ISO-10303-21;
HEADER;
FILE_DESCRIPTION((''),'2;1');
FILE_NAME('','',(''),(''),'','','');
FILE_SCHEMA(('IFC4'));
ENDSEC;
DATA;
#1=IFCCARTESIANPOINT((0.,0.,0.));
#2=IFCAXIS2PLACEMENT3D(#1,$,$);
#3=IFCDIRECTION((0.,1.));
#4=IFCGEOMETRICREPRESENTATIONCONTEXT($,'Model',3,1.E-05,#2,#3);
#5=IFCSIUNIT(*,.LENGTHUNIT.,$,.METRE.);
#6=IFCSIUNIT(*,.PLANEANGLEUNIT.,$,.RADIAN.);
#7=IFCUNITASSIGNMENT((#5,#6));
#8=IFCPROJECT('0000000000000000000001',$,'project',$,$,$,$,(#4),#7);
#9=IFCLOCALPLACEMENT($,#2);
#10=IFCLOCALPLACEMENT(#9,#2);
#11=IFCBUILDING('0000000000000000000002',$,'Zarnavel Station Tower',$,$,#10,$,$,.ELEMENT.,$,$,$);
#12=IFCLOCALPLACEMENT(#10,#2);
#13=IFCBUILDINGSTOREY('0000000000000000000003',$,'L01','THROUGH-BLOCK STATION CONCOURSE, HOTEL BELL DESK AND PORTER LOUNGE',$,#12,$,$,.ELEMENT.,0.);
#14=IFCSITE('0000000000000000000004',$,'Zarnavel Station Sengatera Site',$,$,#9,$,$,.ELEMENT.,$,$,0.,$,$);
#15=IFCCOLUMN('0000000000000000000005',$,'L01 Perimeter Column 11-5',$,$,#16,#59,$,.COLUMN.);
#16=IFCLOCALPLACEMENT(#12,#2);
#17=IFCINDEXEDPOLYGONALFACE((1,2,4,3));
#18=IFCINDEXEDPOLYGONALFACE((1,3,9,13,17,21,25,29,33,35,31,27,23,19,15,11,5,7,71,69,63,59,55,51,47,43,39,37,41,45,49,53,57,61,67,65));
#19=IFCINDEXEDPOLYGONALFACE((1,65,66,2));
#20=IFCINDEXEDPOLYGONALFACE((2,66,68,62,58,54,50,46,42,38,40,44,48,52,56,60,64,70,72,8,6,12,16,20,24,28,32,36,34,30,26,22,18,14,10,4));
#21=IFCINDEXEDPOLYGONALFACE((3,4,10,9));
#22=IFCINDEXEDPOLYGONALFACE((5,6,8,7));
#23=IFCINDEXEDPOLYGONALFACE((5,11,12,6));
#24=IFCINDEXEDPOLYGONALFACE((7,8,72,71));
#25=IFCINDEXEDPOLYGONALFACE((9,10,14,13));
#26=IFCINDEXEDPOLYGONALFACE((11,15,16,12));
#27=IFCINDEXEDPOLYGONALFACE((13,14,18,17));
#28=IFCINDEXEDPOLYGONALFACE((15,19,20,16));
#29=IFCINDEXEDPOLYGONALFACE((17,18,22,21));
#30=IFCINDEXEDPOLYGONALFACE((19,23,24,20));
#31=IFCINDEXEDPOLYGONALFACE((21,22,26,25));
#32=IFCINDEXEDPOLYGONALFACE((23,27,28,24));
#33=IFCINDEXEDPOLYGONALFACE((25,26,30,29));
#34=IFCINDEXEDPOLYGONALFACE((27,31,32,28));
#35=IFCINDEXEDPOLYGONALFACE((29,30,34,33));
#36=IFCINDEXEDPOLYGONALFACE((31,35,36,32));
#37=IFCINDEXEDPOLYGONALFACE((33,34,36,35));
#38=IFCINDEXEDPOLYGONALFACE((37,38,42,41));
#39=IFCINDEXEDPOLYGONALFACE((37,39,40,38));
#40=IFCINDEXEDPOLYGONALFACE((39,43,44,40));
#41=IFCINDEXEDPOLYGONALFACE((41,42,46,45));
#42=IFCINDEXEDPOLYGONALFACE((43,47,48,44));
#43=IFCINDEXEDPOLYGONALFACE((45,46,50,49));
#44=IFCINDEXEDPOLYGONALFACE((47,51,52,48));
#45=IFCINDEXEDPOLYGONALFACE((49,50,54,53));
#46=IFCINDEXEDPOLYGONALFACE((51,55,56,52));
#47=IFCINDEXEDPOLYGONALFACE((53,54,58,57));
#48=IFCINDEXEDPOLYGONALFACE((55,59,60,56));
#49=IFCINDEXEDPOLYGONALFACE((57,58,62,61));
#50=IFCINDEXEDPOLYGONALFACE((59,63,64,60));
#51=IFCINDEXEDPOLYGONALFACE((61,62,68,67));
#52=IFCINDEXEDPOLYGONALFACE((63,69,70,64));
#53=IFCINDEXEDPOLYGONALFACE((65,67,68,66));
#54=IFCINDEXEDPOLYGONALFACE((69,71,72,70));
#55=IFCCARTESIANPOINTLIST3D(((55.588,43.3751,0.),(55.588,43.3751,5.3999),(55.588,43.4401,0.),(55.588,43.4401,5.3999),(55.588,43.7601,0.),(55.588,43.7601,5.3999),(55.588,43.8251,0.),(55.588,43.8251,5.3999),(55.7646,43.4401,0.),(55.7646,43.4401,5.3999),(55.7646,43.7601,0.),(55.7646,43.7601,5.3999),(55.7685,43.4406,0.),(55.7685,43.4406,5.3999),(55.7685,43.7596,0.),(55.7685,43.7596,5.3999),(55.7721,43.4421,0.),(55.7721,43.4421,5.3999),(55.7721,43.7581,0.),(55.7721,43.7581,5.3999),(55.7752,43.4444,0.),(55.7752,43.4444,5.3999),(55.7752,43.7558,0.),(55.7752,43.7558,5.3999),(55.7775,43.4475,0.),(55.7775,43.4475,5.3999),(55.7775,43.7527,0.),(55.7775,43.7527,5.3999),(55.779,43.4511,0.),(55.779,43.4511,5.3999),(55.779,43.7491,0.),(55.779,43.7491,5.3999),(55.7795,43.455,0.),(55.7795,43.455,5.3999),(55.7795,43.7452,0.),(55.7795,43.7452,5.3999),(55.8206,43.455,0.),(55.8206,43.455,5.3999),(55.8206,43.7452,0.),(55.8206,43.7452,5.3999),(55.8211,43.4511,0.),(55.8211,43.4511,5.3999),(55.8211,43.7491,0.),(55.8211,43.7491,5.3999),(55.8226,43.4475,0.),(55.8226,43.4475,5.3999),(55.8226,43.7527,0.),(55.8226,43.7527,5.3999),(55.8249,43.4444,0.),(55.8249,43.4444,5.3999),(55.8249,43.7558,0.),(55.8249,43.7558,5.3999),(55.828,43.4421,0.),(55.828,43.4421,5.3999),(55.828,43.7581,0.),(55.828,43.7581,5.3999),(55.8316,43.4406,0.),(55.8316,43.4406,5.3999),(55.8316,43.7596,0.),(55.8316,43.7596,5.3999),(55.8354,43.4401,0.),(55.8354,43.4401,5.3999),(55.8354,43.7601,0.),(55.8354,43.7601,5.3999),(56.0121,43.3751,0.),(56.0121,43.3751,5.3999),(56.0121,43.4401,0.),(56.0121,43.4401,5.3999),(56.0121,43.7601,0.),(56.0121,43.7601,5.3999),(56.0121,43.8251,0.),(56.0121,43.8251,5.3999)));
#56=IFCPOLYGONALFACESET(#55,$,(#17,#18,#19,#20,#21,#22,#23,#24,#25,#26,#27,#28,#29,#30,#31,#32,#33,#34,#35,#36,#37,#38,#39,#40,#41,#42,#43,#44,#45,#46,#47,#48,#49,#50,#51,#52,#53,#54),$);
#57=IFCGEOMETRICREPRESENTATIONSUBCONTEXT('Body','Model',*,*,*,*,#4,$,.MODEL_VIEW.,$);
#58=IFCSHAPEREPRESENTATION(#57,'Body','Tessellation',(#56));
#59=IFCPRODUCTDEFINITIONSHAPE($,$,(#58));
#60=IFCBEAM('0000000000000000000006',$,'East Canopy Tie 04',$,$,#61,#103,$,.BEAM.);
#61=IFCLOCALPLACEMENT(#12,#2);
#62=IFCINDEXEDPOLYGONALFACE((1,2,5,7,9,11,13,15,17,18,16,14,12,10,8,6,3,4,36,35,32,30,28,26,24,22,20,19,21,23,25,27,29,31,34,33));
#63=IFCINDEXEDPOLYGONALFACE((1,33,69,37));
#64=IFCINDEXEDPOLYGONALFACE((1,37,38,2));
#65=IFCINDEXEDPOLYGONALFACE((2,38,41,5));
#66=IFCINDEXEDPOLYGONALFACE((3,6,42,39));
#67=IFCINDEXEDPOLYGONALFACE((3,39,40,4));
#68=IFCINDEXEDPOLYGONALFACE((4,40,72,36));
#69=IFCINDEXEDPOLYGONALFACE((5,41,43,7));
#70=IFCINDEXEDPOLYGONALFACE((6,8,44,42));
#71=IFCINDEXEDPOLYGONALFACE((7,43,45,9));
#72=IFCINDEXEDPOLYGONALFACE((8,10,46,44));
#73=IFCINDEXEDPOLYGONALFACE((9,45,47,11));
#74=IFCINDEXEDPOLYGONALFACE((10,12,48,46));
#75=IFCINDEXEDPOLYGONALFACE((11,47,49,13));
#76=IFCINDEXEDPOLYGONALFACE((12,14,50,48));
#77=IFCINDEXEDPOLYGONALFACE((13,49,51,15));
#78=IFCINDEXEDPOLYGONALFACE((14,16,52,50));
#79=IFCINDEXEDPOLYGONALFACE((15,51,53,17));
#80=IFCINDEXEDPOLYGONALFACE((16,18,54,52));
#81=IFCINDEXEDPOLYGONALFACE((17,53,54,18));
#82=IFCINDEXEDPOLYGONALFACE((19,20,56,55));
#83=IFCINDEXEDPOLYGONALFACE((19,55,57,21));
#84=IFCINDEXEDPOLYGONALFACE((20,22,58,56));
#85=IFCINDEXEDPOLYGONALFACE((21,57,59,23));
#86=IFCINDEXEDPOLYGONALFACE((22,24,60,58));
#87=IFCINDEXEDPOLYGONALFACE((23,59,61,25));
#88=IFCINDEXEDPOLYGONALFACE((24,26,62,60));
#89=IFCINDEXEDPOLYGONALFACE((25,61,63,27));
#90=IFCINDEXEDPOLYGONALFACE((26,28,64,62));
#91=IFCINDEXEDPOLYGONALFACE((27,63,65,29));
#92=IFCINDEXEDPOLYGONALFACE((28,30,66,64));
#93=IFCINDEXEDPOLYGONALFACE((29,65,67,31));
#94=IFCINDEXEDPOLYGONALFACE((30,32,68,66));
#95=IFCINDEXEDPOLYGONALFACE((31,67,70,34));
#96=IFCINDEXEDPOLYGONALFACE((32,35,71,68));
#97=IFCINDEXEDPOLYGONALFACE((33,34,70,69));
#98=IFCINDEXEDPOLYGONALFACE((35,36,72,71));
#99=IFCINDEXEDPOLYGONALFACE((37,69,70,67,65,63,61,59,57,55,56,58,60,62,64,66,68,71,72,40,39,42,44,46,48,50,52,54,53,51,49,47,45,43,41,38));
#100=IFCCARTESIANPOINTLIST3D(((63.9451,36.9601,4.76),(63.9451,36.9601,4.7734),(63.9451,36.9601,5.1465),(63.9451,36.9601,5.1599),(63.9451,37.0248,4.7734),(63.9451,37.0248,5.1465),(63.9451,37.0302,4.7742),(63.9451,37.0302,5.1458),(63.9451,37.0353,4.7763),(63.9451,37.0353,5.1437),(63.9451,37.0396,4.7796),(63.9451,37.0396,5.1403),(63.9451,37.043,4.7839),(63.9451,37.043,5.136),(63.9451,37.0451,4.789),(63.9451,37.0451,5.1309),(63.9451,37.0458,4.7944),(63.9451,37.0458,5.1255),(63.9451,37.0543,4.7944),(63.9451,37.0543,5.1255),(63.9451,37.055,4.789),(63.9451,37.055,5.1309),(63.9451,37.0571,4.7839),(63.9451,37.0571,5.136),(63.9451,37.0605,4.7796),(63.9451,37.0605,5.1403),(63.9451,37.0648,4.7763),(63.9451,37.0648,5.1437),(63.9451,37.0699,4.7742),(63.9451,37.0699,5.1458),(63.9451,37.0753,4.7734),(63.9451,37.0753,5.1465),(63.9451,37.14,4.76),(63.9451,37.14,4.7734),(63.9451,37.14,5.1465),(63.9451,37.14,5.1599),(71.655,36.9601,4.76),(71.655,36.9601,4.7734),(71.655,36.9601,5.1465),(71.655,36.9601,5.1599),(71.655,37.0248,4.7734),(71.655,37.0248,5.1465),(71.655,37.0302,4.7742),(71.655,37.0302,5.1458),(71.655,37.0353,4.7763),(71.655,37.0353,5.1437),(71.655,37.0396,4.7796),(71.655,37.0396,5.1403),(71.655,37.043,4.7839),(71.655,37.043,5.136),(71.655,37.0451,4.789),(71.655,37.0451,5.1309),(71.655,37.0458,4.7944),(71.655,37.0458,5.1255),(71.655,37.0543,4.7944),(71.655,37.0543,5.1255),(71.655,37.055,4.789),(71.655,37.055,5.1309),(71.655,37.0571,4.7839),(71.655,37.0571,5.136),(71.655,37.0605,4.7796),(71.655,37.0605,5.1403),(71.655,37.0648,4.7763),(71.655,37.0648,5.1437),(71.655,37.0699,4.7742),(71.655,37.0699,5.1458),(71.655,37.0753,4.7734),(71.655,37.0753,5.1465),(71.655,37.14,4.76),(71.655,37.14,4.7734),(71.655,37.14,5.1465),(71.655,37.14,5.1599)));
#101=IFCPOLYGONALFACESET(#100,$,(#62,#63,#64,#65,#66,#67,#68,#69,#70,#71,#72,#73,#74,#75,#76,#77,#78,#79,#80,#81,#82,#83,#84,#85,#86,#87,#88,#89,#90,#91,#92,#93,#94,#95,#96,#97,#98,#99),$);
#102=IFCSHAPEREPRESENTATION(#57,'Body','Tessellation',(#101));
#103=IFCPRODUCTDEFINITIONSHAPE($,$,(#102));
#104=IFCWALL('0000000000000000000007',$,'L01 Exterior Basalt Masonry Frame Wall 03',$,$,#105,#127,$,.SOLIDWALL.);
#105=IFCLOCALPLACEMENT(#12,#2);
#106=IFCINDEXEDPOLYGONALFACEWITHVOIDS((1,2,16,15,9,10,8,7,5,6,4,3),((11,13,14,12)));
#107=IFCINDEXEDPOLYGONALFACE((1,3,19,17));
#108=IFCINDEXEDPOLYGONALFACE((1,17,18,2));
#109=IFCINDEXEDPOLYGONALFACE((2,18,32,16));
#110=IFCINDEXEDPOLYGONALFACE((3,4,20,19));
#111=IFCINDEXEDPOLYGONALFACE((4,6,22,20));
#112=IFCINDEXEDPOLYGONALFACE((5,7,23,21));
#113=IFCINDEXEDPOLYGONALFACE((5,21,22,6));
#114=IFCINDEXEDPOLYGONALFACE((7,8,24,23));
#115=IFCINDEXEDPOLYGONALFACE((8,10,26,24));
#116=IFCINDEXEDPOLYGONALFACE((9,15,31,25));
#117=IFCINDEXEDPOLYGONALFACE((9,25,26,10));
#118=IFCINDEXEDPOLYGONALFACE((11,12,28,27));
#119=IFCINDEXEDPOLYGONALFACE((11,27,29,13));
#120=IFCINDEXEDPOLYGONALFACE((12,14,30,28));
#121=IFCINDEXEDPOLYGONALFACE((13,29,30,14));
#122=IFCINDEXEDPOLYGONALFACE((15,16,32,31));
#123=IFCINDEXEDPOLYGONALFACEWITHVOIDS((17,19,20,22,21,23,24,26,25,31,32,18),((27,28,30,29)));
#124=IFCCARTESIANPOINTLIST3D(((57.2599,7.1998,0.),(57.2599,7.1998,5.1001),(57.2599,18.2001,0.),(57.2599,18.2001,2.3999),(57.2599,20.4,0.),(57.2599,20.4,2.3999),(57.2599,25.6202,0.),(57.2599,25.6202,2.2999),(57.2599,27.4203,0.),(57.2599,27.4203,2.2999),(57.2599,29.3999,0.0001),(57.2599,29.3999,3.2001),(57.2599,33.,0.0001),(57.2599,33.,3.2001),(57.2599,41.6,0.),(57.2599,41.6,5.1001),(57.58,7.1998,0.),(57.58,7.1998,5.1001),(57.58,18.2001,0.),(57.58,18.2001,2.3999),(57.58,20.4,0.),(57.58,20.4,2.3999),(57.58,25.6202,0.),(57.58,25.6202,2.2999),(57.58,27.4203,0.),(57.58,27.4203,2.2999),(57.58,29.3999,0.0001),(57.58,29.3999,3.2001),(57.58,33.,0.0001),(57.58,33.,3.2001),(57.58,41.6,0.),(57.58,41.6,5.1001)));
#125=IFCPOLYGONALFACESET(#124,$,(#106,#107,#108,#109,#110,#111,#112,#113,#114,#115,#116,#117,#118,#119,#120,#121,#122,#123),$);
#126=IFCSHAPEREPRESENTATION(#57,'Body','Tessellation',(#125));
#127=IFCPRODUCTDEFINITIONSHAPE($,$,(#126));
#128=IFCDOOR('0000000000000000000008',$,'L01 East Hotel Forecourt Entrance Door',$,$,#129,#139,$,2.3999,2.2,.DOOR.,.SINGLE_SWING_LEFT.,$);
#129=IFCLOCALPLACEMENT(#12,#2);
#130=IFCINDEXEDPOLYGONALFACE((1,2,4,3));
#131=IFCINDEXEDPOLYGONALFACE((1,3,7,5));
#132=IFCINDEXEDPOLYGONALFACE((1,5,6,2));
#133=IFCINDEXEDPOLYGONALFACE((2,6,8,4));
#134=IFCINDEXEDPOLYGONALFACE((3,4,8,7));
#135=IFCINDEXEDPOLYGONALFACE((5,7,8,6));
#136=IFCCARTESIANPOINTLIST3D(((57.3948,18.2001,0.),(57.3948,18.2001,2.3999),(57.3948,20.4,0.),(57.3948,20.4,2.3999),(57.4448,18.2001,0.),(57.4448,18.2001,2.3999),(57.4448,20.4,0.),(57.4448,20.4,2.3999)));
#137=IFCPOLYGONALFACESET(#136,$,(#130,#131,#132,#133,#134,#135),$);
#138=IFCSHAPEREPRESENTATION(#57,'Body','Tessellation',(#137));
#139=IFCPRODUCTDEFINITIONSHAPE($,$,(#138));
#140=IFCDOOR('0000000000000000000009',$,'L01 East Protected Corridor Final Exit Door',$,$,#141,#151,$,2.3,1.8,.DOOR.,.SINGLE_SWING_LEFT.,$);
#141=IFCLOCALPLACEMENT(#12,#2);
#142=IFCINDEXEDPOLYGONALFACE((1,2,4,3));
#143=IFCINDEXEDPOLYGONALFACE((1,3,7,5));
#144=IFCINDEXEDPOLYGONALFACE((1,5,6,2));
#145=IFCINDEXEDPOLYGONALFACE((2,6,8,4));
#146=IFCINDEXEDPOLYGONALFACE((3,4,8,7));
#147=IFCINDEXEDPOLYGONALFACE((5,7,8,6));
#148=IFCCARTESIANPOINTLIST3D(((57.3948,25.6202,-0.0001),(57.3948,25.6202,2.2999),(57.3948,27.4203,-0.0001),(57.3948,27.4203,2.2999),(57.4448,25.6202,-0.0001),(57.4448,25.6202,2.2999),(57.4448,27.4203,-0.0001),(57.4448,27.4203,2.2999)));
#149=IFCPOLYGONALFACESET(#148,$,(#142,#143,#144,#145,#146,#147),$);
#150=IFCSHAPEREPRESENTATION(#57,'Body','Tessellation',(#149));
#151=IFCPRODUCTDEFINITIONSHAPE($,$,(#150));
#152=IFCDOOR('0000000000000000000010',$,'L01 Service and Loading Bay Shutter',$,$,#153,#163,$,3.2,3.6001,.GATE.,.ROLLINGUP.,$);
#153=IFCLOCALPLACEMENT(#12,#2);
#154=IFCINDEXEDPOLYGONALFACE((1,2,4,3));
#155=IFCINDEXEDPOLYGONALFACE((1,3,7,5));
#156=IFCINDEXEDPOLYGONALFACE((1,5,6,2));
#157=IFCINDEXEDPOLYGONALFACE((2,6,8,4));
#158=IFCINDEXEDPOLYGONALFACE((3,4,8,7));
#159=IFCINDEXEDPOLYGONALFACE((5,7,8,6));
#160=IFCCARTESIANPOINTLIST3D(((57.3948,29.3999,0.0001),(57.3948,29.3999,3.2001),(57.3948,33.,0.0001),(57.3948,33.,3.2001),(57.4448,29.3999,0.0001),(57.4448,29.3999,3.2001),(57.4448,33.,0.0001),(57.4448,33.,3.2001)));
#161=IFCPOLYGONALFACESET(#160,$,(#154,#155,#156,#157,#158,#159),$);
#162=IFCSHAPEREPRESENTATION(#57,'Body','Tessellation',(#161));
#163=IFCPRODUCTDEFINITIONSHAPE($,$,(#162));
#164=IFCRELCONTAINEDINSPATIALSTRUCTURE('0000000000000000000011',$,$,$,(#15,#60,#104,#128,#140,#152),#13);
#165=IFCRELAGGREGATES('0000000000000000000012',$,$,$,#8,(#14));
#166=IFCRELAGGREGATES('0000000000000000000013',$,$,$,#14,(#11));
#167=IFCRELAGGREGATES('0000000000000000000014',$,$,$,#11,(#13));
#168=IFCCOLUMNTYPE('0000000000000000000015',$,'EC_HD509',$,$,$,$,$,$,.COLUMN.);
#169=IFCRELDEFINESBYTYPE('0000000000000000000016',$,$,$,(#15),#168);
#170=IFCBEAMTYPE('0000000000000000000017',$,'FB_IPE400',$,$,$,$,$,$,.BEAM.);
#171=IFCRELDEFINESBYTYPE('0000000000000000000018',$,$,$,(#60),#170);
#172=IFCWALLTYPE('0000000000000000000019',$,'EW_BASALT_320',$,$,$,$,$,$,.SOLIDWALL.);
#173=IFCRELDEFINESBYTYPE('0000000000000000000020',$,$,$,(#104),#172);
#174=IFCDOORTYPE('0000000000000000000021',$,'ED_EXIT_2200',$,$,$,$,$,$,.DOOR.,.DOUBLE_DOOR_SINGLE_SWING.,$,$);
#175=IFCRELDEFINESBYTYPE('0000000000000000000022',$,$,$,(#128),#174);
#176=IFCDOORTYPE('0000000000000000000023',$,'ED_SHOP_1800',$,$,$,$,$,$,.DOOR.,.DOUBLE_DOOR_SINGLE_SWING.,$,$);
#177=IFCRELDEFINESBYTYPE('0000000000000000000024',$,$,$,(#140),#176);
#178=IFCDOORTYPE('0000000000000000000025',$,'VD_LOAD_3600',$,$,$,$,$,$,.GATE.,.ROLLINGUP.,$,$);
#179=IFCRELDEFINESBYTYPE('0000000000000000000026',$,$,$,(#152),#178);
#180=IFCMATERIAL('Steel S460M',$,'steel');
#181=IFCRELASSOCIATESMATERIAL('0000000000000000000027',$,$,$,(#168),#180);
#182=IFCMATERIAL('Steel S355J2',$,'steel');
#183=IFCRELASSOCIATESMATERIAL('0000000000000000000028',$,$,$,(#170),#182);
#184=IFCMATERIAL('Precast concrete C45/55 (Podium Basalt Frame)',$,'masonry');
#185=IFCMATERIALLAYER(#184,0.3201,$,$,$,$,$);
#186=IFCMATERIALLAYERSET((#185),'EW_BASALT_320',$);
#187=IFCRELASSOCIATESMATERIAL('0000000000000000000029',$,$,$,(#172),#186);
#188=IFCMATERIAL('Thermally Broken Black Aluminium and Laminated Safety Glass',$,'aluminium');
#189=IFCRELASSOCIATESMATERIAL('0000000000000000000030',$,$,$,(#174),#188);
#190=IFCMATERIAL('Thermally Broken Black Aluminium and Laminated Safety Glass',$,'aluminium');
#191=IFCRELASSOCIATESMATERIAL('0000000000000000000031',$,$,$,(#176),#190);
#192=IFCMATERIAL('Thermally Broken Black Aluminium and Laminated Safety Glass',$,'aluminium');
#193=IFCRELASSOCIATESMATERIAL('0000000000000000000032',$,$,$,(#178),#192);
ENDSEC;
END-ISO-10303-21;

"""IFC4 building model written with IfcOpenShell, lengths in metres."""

from ifc_helpers import new_model, si_unit, direction, frame, frame_2d, origin, origin_2d, place, context, subcontext, project, spatial, rectangle, i_section, extrude, material, layer, layer_set, material_profile, profile_set, type_object, element, fill, save


model = new_model("IFC4")

# Units and contexts
model_context = context("Model", 3, precision=1e-05, world=origin(), true_north=direction((0.0, 1.0)))
body_context = subcontext(model_context, "Body", "Model", "MODEL_VIEW")
ifc_project = project(units=[si_unit("LENGTHUNIT", "METRE"), si_unit("PLANEANGLEUNIT", "RADIAN")], contexts=[model_context])

# Site, building, storey
site_placement = place(None, origin())
site = spatial("IfcSite", under=ifc_project, at=site_placement, Name="Zarnavel Station Sengatera Site", CompositionType="ELEMENT", RefElevation=0.0)
building_placement = place(site_placement, origin())
building = spatial("IfcBuilding", under=site, at=building_placement, Name="Zarnavel Station Tower", CompositionType="ELEMENT")
storey_placement = place(building_placement, origin())
storey = spatial("IfcBuildingStorey", under=building, at=storey_placement, Name="L01", Description="THROUGH-BLOCK STATION CONCOURSE, HOTEL BELL DESK AND PORTER LOUNGE", CompositionType="ELEMENT", Elevation=0.0)

# Column
ifc_material_1 = material(Name="Steel S460M", Category="steel")
ifc_material_profile_1 = material_profile(ifc_material_1, i_section(OverallWidth=0.4241, OverallDepth=0.45, WebThickness=0.041, FlangeThickness=0.0649, FilletRadius=0.0149, at=origin_2d()), Name="HD400x509")
ifc_profile_set_1 = profile_set([ifc_material_profile_1], Name="Steel S460M")
column_type_1 = type_object("IfcColumnType", Name="EC_HD509", PredefinedType="COLUMN", material=ifc_profile_set_1)
for number, where, z_axis, x_axis, name in (
    (1, (55.8, 43.6001, 0.0), (0.0, 0.0, 1.0), (1.0, 0.0, 0.0), "L01 Perimeter Column 11-5"),
):
    element("IfcColumn", number, at=place(storey_placement, frame(where, z_axis=z_axis, x_axis=x_axis)), inside=storey, type_object=column_type_1, Name=name, PredefinedType="COLUMN", context=body_context, shape_type="SweptSolid", body=[
        extrude(i_section(OverallWidth=0.4241, OverallDepth=0.45, WebThickness=0.041, FlangeThickness=0.0649, FilletRadius=0.0149, at=origin_2d()), origin(), (0.0, 0.0, 1.0), 5.3999),
    ])

# Beam
ifc_material_2 = material(Name="Steel S355J2", Category="steel")
ifc_material_profile_2 = material_profile(ifc_material_2, i_section(OverallWidth=0.1799, OverallDepth=0.3999, WebThickness=0.0085, FlangeThickness=0.0134, FilletRadius=0.021, at=origin_2d()), Name="IPE400")
ifc_profile_set_2 = profile_set([ifc_material_profile_2], Name="Steel S355J2")
beam_type = type_object("IfcBeamType", Name="FB_IPE400", PredefinedType="BEAM", material=ifc_profile_set_2)
beam_placement = place(storey_placement, frame((63.9451, 37.05, 4.96), z_axis=(1.0, 0.0, 0.0), x_axis=(0.0, 1.0, 0.0)))
element("IfcBeam", 2, at=beam_placement, inside=storey, type_object=beam_type, Name="East Canopy Tie 04", PredefinedType="BEAM", context=body_context, shape_type="SweptSolid", body=[
    extrude(i_section(OverallWidth=0.1799, OverallDepth=0.3999, WebThickness=0.0085, FlangeThickness=0.0134, FilletRadius=0.021, at=origin_2d()), origin(), (0.0, 0.0, 1.0), 7.71),
])

# Wall, openings, doors
ifc_material_3 = material(Name="Precast concrete C45/55 (Podium Basalt Frame)", Category="masonry")
ifc_layer_1 = layer(ifc_material_3, 0.3201)
ifc_layer_set_1 = layer_set([ifc_layer_1], Name="EW_BASALT_320")
wall_type_1 = type_object("IfcWallType", Name="EW_BASALT_320", PredefinedType="SOLIDWALL", material=ifc_layer_set_1)
wall_1_placement = place(storey_placement, frame((57.4199, 41.6001, 0.0), z_axis=(0.0, 0.0, 1.0), x_axis=(0.0, -1.0, 0.0)))
wall_1 = element("IfcWall", 3, at=wall_1_placement, inside=storey, type_object=wall_type_1, Name="L01 Exterior Basalt Masonry Frame Wall 03", PredefinedType="SOLIDWALL", context=body_context, shape_type="SweptSolid", body=[
    extrude(rectangle(XDim=34.4001, YDim=0.3201, at=frame_2d((17.2002, 0.0))), origin(), (0.0, 0.0, 1.0), 5.1001),
])
opening_1_placement = place(wall_1_placement, frame((14.1799, 0.0, 0.0)))
opening_1 = element("IfcOpeningElement", 4, at=opening_1_placement, cuts=wall_1, PredefinedType="OPENING", context=body_context, shape_type="SweptSolid", body=[
    extrude(rectangle(XDim=1.8, YDim=2.3, at=frame_2d((0.8999, 1.1499))), frame((0.0, 0.1699, 0.0), z_axis=(0.0, -1.0, 0.0), x_axis=(1.0, 0.0, 0.0)), (0.0, 0.0, 1.0), 0.3401),
])
opening_2_placement = place(wall_1_placement, frame((21.2, 0.0, 0.0)))
opening_2 = element("IfcOpeningElement", 5, at=opening_2_placement, cuts=wall_1, PredefinedType="OPENING", context=body_context, shape_type="SweptSolid", body=[
    extrude(rectangle(XDim=2.2, YDim=2.3999, at=frame_2d((1.1001, 1.2))), frame((0.0, 0.1699, 0.0), z_axis=(0.0, -1.0, 0.0), x_axis=(1.0, 0.0, 0.0)), (0.0, 0.0, 1.0), 0.3401),
])
opening_3_placement = place(wall_1_placement, frame((8.6001, 0.0, 0.0)))
opening_3 = element("IfcOpeningElement", 6, at=opening_3_placement, cuts=wall_1, PredefinedType="OPENING", context=body_context, shape_type="SweptSolid", body=[
    extrude(rectangle(XDim=3.6001, YDim=3.2, at=frame_2d((1.8, 1.6001))), frame((0.0, 0.1699, 0.0), z_axis=(0.0, -1.0, 0.0), x_axis=(1.0, 0.0, 0.0)), (0.0, 0.0, 1.0), 0.3401),
])
ifc_material_4 = material(Name="Thermally Broken Black Aluminium and Laminated Safety Glass", Category="aluminium")
door_type_1 = type_object("IfcDoorType", Name="ED_EXIT_2200", OperationType="DOUBLE_DOOR_SINGLE_SWING", PredefinedType="DOOR", material=ifc_material_4)
door_1_placement = place(opening_2_placement, origin())
door_1 = element("IfcDoor", 7, at=door_1_placement, inside=storey, type_object=door_type_1, Name="L01 East Hotel Forecourt Entrance Door", OperationType="SINGLE_SWING_LEFT", OverallHeight=2.3999, OverallWidth=2.2, PredefinedType="DOOR", context=body_context, shape_type="SweptSolid", body=[
    extrude(rectangle(XDim=2.2, YDim=2.3999, at=frame_2d((1.1001, 1.2))), frame((0.0, 0.0249, 0.0), z_axis=(0.0, -1.0, 0.0), x_axis=(1.0, 0.0, 0.0)), (0.0, 0.0, 1.0), 0.05),
])
fill(opening_2, door_1)
ifc_material_5 = material(Name="Thermally Broken Black Aluminium and Laminated Safety Glass", Category="aluminium")
door_type_2 = type_object("IfcDoorType", Name="ED_SHOP_1800", OperationType="DOUBLE_DOOR_SINGLE_SWING", PredefinedType="DOOR", material=ifc_material_5)
door_2_placement = place(opening_1_placement, origin())
door_2 = element("IfcDoor", 8, at=door_2_placement, inside=storey, type_object=door_type_2, Name="L01 East Protected Corridor Final Exit Door", OperationType="SINGLE_SWING_LEFT", OverallHeight=2.3, OverallWidth=1.8, PredefinedType="DOOR", context=body_context, shape_type="SweptSolid", body=[
    extrude(rectangle(XDim=1.8, YDim=2.3, at=frame_2d((0.8999, 1.1499))), frame((0.0, 0.0249, 0.0), z_axis=(0.0, -1.0, 0.0), x_axis=(1.0, 0.0, 0.0)), (0.0, 0.0, 1.0), 0.05),
])
fill(opening_1, door_2)
ifc_material_6 = material(Name="Thermally Broken Black Aluminium and Laminated Safety Glass", Category="aluminium")
door_type_3 = type_object("IfcDoorType", Name="VD_LOAD_3600", OperationType="ROLLINGUP", PredefinedType="GATE", material=ifc_material_6)
door_3_placement = place(opening_3_placement, origin())
door_3 = element("IfcDoor", 9, at=door_3_placement, inside=storey, type_object=door_type_3, Name="L01 Service and Loading Bay Shutter", OperationType="ROLLINGUP", OverallHeight=3.2, OverallWidth=3.6001, PredefinedType="GATE", context=body_context, shape_type="SweptSolid", body=[
    extrude(rectangle(XDim=3.6001, YDim=3.2, at=frame_2d((1.8, 1.6001))), frame((0.0, 0.0249, 0.0), z_axis=(0.0, -1.0, 0.0), x_axis=(1.0, 0.0, 0.0)), (0.0, 0.0, 1.0), 0.05),
])
fill(opening_3, door_3)

save(model, "model.ifc")
